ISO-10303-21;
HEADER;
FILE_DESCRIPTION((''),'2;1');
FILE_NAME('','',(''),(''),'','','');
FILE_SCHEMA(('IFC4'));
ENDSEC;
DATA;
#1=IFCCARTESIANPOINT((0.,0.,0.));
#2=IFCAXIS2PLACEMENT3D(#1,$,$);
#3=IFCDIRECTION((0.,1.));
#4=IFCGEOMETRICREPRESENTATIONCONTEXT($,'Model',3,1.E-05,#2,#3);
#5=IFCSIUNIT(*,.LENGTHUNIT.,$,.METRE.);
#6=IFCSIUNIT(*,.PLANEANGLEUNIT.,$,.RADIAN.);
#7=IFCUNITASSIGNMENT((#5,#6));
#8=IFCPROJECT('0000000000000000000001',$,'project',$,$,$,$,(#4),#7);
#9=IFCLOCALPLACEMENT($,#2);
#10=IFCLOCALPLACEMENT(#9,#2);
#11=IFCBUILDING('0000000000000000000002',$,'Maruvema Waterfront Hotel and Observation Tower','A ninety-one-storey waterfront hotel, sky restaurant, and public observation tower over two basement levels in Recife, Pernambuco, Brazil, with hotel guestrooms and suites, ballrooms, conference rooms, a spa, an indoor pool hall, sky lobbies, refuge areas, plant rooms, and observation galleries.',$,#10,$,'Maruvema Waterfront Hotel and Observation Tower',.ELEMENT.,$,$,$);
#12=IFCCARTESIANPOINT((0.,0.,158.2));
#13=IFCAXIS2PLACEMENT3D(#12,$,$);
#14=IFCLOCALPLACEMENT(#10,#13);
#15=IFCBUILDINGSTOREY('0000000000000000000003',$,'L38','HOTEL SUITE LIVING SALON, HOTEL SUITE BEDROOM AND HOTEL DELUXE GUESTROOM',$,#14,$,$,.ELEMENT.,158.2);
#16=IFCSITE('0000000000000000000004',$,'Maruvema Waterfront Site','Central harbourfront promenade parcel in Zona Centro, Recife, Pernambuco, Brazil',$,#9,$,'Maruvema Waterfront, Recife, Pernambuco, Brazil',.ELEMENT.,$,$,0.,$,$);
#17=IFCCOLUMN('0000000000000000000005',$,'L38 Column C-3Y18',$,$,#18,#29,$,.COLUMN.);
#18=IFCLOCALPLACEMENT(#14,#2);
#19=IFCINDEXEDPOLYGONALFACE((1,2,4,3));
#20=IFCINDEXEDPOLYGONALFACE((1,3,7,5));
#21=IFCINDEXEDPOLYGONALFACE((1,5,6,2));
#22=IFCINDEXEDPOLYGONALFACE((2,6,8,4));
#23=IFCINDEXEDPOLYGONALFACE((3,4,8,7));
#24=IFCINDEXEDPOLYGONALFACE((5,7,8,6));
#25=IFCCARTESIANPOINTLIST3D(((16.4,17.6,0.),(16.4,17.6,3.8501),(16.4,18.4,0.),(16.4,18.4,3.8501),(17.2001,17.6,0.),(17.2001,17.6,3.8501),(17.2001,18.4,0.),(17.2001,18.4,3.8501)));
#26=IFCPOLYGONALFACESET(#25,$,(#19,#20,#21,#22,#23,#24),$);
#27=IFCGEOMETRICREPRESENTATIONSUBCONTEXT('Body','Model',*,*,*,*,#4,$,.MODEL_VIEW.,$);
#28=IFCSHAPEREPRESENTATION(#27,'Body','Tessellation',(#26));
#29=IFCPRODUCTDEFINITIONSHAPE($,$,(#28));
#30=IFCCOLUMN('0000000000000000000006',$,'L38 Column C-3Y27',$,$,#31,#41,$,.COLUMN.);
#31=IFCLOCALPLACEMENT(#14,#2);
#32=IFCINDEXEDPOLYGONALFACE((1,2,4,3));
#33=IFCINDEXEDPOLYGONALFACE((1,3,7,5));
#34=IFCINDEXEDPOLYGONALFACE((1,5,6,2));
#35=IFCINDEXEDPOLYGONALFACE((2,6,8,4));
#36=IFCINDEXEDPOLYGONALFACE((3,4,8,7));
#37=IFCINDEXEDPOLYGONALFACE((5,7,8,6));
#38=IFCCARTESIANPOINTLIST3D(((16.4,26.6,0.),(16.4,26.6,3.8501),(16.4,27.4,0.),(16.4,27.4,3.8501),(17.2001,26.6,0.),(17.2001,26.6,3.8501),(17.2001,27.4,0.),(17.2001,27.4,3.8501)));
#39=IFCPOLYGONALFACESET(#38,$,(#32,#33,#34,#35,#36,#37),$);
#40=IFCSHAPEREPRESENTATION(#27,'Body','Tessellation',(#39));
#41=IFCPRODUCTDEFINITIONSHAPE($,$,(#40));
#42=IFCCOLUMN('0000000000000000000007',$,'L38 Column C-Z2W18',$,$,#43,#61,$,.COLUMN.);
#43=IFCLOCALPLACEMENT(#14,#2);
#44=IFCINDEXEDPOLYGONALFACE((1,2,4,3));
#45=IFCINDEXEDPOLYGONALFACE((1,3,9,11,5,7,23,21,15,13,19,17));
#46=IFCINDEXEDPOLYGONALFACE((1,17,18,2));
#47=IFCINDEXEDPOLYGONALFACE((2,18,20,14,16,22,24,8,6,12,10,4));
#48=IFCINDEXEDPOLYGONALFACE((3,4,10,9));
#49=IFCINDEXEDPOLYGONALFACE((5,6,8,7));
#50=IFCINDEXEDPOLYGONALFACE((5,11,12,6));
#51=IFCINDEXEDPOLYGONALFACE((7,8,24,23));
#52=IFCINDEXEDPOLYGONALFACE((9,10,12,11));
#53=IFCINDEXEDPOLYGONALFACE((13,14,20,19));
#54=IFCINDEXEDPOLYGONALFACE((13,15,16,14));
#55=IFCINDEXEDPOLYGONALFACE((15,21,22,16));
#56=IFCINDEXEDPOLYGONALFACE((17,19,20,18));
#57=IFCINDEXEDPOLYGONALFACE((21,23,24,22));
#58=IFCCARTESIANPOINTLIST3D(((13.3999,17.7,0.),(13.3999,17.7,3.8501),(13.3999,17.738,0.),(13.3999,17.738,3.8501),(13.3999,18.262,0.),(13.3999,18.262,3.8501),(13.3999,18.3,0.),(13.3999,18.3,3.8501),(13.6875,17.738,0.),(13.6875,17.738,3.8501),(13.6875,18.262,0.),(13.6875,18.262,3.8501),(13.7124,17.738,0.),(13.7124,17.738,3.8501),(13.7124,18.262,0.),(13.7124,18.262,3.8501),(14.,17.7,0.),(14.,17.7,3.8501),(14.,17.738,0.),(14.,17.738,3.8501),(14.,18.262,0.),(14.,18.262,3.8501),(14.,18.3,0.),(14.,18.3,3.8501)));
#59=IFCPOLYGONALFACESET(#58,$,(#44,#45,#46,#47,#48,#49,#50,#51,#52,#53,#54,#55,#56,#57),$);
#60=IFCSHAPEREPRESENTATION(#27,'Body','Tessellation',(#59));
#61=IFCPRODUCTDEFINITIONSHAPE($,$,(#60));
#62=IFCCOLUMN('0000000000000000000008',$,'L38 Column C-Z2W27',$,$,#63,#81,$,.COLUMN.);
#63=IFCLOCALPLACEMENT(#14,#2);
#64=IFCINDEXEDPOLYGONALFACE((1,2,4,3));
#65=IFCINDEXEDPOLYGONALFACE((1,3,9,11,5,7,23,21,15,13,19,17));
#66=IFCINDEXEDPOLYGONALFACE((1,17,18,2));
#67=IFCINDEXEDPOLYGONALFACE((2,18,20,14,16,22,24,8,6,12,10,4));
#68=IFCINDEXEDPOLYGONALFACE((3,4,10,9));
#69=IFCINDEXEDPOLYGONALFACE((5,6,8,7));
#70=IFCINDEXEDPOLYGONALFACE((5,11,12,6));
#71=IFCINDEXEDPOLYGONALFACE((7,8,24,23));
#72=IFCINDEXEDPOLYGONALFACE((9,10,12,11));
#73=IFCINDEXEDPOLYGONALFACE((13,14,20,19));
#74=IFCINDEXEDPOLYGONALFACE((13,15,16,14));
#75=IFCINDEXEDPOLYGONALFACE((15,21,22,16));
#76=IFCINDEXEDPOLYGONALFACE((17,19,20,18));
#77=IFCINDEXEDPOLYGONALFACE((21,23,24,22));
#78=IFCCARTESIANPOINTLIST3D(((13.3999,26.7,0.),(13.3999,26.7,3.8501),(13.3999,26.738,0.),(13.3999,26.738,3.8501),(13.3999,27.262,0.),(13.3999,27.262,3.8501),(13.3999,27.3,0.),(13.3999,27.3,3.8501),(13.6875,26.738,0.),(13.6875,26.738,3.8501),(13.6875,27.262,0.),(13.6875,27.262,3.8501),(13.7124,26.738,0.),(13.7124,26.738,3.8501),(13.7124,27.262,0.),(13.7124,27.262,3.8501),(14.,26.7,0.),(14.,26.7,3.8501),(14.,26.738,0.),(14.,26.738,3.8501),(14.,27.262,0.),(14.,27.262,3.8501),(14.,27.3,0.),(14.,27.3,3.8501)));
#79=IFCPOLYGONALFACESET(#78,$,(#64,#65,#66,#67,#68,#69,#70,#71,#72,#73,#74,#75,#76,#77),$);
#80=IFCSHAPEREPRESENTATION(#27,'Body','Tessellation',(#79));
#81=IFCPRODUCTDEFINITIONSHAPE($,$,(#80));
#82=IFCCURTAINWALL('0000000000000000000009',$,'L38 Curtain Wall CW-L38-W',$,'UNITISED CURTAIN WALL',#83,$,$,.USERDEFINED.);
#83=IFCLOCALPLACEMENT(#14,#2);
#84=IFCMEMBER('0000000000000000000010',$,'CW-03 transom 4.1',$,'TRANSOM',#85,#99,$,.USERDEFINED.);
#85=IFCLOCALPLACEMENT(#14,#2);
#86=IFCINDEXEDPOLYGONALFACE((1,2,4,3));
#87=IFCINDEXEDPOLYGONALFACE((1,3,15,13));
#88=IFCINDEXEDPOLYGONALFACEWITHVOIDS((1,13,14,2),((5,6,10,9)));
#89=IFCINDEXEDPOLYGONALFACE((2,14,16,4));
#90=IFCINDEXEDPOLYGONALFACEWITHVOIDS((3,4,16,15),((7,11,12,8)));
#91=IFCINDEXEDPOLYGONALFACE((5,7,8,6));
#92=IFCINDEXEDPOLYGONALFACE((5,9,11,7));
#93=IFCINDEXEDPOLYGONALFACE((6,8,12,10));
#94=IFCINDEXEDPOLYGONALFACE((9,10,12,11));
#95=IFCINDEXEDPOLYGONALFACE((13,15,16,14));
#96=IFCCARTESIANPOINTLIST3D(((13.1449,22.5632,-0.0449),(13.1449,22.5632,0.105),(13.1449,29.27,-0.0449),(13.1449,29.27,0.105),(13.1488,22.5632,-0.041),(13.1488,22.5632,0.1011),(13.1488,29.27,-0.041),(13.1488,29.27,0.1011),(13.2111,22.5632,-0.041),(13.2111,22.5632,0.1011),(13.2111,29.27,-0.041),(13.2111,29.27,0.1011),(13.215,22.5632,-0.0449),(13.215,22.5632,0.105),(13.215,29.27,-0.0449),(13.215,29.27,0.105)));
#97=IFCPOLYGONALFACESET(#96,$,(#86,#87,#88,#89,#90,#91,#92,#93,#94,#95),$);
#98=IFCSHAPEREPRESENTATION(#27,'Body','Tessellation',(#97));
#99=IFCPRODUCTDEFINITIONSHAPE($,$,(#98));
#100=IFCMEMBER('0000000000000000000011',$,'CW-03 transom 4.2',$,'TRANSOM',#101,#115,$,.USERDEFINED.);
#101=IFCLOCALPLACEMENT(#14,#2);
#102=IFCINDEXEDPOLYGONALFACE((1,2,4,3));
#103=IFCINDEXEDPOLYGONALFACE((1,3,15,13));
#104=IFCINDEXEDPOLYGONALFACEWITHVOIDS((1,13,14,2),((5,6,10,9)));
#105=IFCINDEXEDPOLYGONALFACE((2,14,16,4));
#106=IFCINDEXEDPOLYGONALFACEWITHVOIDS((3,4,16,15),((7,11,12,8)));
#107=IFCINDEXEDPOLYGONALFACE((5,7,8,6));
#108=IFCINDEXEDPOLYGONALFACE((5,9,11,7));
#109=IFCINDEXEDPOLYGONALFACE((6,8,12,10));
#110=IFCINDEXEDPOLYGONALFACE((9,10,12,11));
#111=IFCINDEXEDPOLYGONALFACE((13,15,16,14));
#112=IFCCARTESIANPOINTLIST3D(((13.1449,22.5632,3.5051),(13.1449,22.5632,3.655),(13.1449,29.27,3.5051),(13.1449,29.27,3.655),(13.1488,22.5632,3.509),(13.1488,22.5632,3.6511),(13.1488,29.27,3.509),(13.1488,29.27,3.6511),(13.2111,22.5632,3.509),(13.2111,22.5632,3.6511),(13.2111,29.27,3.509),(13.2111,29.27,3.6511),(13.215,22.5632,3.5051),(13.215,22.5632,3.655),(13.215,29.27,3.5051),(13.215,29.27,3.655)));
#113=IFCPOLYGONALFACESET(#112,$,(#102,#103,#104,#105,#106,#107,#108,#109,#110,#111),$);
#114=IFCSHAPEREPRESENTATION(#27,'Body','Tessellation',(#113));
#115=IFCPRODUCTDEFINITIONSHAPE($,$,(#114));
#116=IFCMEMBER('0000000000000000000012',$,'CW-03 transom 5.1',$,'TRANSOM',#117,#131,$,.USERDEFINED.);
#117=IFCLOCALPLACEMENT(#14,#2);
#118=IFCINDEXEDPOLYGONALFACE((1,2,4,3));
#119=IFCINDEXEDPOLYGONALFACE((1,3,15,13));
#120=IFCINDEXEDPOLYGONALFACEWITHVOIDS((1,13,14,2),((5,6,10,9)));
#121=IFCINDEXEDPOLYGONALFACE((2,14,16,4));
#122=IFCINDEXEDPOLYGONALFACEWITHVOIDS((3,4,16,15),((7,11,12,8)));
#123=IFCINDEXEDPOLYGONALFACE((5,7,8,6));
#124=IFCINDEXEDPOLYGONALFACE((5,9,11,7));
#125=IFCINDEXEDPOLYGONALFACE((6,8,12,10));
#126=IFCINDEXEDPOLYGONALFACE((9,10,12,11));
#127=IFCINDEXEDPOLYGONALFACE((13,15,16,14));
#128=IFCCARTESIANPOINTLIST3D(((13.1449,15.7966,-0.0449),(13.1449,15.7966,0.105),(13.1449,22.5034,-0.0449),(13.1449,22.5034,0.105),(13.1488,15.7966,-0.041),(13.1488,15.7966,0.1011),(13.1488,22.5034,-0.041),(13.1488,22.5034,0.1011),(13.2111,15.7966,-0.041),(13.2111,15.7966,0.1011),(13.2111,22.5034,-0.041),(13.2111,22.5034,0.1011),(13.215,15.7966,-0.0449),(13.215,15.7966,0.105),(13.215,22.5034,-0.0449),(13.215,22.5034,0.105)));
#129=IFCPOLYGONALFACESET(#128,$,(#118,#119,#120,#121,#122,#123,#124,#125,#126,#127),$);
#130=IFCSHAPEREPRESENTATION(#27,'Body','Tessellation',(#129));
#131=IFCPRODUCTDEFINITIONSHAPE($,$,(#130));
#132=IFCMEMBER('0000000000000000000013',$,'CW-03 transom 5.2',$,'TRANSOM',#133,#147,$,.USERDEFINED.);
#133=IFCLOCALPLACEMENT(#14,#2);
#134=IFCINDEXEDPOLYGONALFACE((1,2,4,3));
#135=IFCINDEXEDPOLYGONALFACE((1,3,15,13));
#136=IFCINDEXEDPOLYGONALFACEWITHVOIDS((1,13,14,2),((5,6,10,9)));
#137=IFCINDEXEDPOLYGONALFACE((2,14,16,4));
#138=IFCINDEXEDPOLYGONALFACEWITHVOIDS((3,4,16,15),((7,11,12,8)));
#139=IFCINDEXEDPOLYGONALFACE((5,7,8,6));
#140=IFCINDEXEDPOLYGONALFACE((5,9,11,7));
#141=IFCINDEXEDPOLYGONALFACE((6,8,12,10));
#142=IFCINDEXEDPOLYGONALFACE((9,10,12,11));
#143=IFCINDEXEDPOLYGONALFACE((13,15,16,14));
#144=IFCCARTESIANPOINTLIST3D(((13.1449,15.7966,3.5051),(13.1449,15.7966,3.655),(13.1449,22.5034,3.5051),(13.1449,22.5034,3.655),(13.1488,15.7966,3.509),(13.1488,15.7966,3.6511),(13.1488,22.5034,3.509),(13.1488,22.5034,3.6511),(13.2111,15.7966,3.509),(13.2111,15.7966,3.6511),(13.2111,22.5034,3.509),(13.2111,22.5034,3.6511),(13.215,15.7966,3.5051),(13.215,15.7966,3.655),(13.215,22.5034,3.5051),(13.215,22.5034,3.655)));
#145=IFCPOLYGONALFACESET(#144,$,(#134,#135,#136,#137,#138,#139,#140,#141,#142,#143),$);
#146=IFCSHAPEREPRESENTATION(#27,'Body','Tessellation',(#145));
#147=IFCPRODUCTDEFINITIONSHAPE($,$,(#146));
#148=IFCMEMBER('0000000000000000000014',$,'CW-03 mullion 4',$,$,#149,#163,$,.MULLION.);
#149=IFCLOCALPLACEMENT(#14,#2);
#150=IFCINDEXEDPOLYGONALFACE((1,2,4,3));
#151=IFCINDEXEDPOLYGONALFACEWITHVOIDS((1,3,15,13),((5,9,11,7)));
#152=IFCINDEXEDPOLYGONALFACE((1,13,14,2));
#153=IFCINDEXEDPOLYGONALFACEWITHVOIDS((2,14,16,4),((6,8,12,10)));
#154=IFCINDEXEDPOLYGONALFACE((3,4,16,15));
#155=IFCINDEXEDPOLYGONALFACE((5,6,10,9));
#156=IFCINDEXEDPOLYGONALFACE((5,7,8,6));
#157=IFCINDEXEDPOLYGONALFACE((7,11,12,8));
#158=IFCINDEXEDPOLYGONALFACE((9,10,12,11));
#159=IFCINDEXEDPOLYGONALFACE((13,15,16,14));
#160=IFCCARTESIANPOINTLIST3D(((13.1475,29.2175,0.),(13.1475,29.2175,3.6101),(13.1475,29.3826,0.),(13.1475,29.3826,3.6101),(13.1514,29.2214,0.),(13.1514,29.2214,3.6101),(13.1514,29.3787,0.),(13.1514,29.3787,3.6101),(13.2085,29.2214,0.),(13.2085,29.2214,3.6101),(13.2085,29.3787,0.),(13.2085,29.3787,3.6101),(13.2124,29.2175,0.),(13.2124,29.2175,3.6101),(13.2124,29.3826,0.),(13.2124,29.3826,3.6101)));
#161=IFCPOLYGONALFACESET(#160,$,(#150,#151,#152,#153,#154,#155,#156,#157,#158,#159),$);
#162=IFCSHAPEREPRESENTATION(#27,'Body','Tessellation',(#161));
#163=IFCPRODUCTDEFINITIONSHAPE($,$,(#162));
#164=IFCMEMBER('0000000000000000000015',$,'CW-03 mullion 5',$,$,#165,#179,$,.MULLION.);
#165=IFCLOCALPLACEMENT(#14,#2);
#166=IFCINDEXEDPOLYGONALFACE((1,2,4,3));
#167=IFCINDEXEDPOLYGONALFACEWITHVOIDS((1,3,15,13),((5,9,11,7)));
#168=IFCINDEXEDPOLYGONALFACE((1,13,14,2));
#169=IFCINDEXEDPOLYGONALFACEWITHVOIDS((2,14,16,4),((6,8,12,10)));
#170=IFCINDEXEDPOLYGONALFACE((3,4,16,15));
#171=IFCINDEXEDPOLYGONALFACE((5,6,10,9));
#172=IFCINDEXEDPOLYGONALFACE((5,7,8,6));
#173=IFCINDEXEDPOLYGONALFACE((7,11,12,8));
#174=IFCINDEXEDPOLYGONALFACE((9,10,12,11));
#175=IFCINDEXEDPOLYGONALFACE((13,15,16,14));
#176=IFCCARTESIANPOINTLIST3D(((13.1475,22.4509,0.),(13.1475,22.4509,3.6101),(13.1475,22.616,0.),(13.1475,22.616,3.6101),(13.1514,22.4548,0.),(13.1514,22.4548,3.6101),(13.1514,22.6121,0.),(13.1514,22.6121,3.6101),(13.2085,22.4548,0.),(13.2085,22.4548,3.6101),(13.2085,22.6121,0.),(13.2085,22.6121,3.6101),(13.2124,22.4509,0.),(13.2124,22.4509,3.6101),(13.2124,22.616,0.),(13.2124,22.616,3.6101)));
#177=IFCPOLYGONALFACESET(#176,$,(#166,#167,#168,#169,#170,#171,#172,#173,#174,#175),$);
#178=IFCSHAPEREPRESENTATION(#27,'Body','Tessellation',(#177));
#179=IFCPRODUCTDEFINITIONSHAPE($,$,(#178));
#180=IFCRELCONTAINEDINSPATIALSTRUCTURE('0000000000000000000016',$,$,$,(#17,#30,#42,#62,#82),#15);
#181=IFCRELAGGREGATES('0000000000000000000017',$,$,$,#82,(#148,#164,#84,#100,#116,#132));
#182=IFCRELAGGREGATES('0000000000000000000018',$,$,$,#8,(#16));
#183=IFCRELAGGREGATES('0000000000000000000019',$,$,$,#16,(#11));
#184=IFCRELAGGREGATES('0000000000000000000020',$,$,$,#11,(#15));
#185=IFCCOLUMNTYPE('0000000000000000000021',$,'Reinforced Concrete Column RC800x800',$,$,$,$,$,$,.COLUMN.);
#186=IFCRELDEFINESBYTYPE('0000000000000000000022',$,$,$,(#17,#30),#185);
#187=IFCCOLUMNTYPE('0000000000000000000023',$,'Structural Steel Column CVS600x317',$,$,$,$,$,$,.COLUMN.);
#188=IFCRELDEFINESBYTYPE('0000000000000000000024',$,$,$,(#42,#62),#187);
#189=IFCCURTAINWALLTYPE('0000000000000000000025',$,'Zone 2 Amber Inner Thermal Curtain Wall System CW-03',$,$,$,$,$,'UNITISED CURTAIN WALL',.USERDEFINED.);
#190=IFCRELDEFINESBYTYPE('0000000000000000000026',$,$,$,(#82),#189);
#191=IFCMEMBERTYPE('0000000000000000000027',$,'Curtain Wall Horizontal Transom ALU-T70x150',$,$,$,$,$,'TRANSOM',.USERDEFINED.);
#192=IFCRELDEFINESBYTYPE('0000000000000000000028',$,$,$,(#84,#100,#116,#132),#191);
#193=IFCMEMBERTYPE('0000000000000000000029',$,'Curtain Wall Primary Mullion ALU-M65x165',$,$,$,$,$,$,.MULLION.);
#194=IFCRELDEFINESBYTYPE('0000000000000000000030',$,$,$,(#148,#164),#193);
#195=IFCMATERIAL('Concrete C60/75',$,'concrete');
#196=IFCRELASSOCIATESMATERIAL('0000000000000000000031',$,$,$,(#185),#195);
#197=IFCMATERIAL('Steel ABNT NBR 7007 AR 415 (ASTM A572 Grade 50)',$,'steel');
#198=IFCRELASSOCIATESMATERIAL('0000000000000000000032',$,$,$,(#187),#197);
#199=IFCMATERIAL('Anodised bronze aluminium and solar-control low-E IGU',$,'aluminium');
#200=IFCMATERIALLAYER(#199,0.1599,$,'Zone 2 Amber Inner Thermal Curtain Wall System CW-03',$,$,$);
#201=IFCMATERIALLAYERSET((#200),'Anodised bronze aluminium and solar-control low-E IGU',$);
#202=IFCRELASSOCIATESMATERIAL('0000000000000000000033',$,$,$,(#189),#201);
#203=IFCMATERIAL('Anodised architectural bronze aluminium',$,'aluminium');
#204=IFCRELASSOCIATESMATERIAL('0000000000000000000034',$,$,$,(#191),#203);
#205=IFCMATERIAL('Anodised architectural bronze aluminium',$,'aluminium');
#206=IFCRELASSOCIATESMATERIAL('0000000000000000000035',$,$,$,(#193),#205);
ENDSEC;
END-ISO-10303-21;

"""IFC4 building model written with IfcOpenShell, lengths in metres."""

from ifc_helpers import new_model, si_unit, direction, frame, origin, origin_2d, place, context, subcontext, project, spatial, rectangle, hollow_rectangle, i_section, extrude, material, layer, layer_set, material_profile, profile_set, type_object, element, aggregate, save


model = new_model("IFC4")

# Units and contexts
model_context = context("Model", 3, precision=1e-05, world=origin(), true_north=direction((0.0, 1.0)))
body_context = subcontext(model_context, "Body", "Model", "MODEL_VIEW")
ifc_project = project(units=[si_unit("LENGTHUNIT", "METRE"), si_unit("PLANEANGLEUNIT", "RADIAN")], contexts=[model_context])

# Site, building, storey
site_placement = place(None, origin())
site = spatial("IfcSite", under=ifc_project, at=site_placement, Name="Maruvema Waterfront Site", Description="Central harbourfront promenade parcel in Zona Centro, Recife, Pernambuco, Brazil", LongName="Maruvema Waterfront, Recife, Pernambuco, Brazil", CompositionType="ELEMENT", RefElevation=0.0)
building_placement = place(site_placement, origin())
building = spatial("IfcBuilding", under=site, at=building_placement, Name="Maruvema Waterfront Hotel and Observation Tower", Description="A ninety-one-storey waterfront hotel, sky restaurant, and public observation tower over two basement levels in Recife, Pernambuco, Brazil, with hotel guestrooms and suites, ballrooms, conference rooms, a spa, an indoor pool hall, sky lobbies, refuge areas, plant rooms, and observation galleries.", LongName="Maruvema Waterfront Hotel and Observation Tower", CompositionType="ELEMENT")
storey_placement = place(building_placement, frame((0.0, 0.0, 158.2)))
storey = spatial("IfcBuildingStorey", under=building, at=storey_placement, Name="L38", Description="HOTEL SUITE LIVING SALON, HOTEL SUITE BEDROOM AND HOTEL DELUXE GUESTROOM", CompositionType="ELEMENT", Elevation=158.2)

# Columns
ifc_material_1 = material(Name="Concrete C60/75", Category="concrete")
ifc_material_profile_1 = material_profile(ifc_material_1, rectangle(XDim=0.8, YDim=0.8, at=origin_2d()), Name="RC800x800")
ifc_profile_set_1 = profile_set([ifc_material_profile_1], Name="Concrete C60/75")
column_type_1 = type_object("IfcColumnType", Name="Reinforced Concrete Column RC800x800", PredefinedType="COLUMN", material=ifc_profile_set_1)
for number, where, z_axis, x_axis, name in (
    (1, (16.8, 18.0, 0.0), (0.0, 0.0, 1.0), (1.0, 0.0, 0.0), "L38 Column C-3Y18"),
    (2, (16.8, 27.0, 0.0), (0.0, 0.0, 1.0), (1.0, 0.0, 0.0), "L38 Column C-3Y27"),
):
    element("IfcColumn", number, at=place(storey_placement, frame(where, z_axis=z_axis, x_axis=x_axis)), inside=storey, type_object=column_type_1, Name=name, PredefinedType="COLUMN", context=body_context, shape_type="SweptSolid", body=[
        extrude(rectangle(XDim=0.8, YDim=0.8, at=origin_2d()), origin(), (0.0, 0.0, 1.0), 3.8501),
    ])
ifc_material_2 = material(Name="Steel ABNT NBR 7007 AR 415 (ASTM A572 Grade 50)", Category="steel")
ifc_material_profile_2 = material_profile(ifc_material_2, i_section(OverallWidth=0.6001, OverallDepth=0.6001, WebThickness=0.0249, FlangeThickness=0.0381, at=origin_2d()), Name="CVS600x317")
ifc_profile_set_2 = profile_set([ifc_material_profile_2], Name="Steel ABNT NBR 7007 AR 415 (ASTM A572 Grade 50)")
column_type_2 = type_object("IfcColumnType", Name="Structural Steel Column CVS600x317", PredefinedType="COLUMN", material=ifc_profile_set_2)
for number, where, z_axis, x_axis, name in (
    (3, (13.7, 18.0, 0.0), (0.0, 0.0, 1.0), (1.0, 0.0, 0.0), "L38 Column C-Z2W18"),
    (4, (13.7, 27.0, 0.0), (0.0, 0.0, 1.0), (1.0, 0.0, 0.0), "L38 Column C-Z2W27"),
):
    element("IfcColumn", number, at=place(storey_placement, frame(where, z_axis=z_axis, x_axis=x_axis)), inside=storey, type_object=column_type_2, Name=name, PredefinedType="COLUMN", context=body_context, shape_type="SweptSolid", body=[
        extrude(i_section(OverallWidth=0.6001, OverallDepth=0.6001, WebThickness=0.0249, FlangeThickness=0.0381, at=origin_2d()), origin(), (0.0, 0.0, 1.0), 3.8501),
    ])

# Curtain wall, members
ifc_material_3 = material(Name="Anodised bronze aluminium and solar-control low-E IGU", Category="aluminium")
ifc_layer_1 = layer(ifc_material_3, 0.1599, Name="Zone 2 Amber Inner Thermal Curtain Wall System CW-03")
ifc_layer_set_1 = layer_set([ifc_layer_1], Name="Anodised bronze aluminium and solar-control low-E IGU")
curtain_wall_type = type_object("IfcCurtainWallType", Name="Zone 2 Amber Inner Thermal Curtain Wall System CW-03", ElementType="UNITISED CURTAIN WALL", PredefinedType="USERDEFINED", material=ifc_layer_set_1)
curtain_wall_placement = place(storey_placement, origin())
curtain_wall = element("IfcCurtainWall", 5, at=curtain_wall_placement, inside=storey, type_object=curtain_wall_type, Name="L38 Curtain Wall CW-L38-W", ObjectType="UNITISED CURTAIN WALL", PredefinedType="USERDEFINED")
ifc_material_4 = material(Name="Anodised architectural bronze aluminium", Category="aluminium")
ifc_material_profile_3 = material_profile(ifc_material_4, hollow_rectangle(XDim=0.0701, YDim=0.1499, WallThickness=0.0039, at=origin_2d()), Name="ALU-T70x150")
ifc_profile_set_3 = profile_set([ifc_material_profile_3], Name="Anodised architectural bronze aluminium")
member_type_1 = type_object("IfcMemberType", Name="Curtain Wall Horizontal Transom ALU-T70x150", ElementType="TRANSOM", PredefinedType="USERDEFINED", material=ifc_profile_set_3)
member_1_placement = place(storey_placement, frame((13.1799, 29.27, 0.03), z_axis=(0.0, -1.0, 0.0), x_axis=(1.0, 0.0, 0.0)))
member_1 = element("IfcMember", 6, at=member_1_placement, type_object=member_type_1, Name="CW-03 transom 4.1", ObjectType="TRANSOM", PredefinedType="USERDEFINED", context=body_context, shape_type="SweptSolid", body=[
    extrude(hollow_rectangle(XDim=0.0701, YDim=0.1499, WallThickness=0.0039, at=origin_2d()), origin(), (0.0, 0.0, 1.0), 6.7068),
])
member_2_placement = place(storey_placement, frame((13.1799, 29.27, 3.5801), z_axis=(0.0, -1.0, 0.0), x_axis=(1.0, 0.0, 0.0)))
member_2 = element("IfcMember", 7, at=member_2_placement, type_object=member_type_1, Name="CW-03 transom 4.2", ObjectType="TRANSOM", PredefinedType="USERDEFINED", context=body_context, shape_type="SweptSolid", body=[
    extrude(hollow_rectangle(XDim=0.0701, YDim=0.1499, WallThickness=0.0039, at=origin_2d()), origin(), (0.0, 0.0, 1.0), 6.7068),
])
member_3_placement = place(storey_placement, frame((13.1799, 22.5034, 0.03), z_axis=(0.0, -1.0, 0.0), x_axis=(1.0, 0.0, 0.0)))
member_3 = element("IfcMember", 8, at=member_3_placement, type_object=member_type_1, Name="CW-03 transom 5.1", ObjectType="TRANSOM", PredefinedType="USERDEFINED", context=body_context, shape_type="SweptSolid", body=[
    extrude(hollow_rectangle(XDim=0.0701, YDim=0.1499, WallThickness=0.0039, at=origin_2d()), origin(), (0.0, 0.0, 1.0), 6.7068),
])
member_4_placement = place(storey_placement, frame((13.1799, 22.5034, 3.5801), z_axis=(0.0, -1.0, 0.0), x_axis=(1.0, 0.0, 0.0)))
member_4 = element("IfcMember", 9, at=member_4_placement, type_object=member_type_1, Name="CW-03 transom 5.2", ObjectType="TRANSOM", PredefinedType="USERDEFINED", context=body_context, shape_type="SweptSolid", body=[
    extrude(hollow_rectangle(XDim=0.0701, YDim=0.1499, WallThickness=0.0039, at=origin_2d()), origin(), (0.0, 0.0, 1.0), 6.7068),
])
ifc_material_5 = material(Name="Anodised architectural bronze aluminium", Category="aluminium")
ifc_material_profile_4 = material_profile(ifc_material_5, hollow_rectangle(XDim=0.0649, YDim=0.165, WallThickness=0.0039, at=origin_2d()), Name="ALU-M65x165")
ifc_profile_set_4 = profile_set([ifc_material_profile_4], Name="Anodised architectural bronze aluminium")
member_type_2 = type_object("IfcMemberType", Name="Curtain Wall Primary Mullion ALU-M65x165", PredefinedType="MULLION", material=ifc_profile_set_4)
member_5_placement = place(storey_placement, frame((13.1799, 29.3, 0.0), z_axis=(0.0, 0.0, 1.0), x_axis=(1.0, 0.0, 0.0)))
member_5 = element("IfcMember", 10, at=member_5_placement, type_object=member_type_2, Name="CW-03 mullion 4", PredefinedType="MULLION", context=body_context, shape_type="SweptSolid", body=[
    extrude(hollow_rectangle(XDim=0.0649, YDim=0.165, WallThickness=0.0039, at=origin_2d()), origin(), (0.0, 0.0, 1.0), 3.6101),
])
member_6_placement = place(storey_placement, frame((13.1799, 22.5334, 0.0), z_axis=(0.0, 0.0, 1.0), x_axis=(1.0, 0.0, 0.0)))
member_6 = element("IfcMember", 11, at=member_6_placement, type_object=member_type_2, Name="CW-03 mullion 5", PredefinedType="MULLION", context=body_context, shape_type="SweptSolid", body=[
    extrude(hollow_rectangle(XDim=0.0649, YDim=0.165, WallThickness=0.0039, at=origin_2d()), origin(), (0.0, 0.0, 1.0), 3.6101),
])

aggregate(curtain_wall, [member_5, member_6, member_1, member_2, member_3, member_4])

save(model, "model.ifc")
